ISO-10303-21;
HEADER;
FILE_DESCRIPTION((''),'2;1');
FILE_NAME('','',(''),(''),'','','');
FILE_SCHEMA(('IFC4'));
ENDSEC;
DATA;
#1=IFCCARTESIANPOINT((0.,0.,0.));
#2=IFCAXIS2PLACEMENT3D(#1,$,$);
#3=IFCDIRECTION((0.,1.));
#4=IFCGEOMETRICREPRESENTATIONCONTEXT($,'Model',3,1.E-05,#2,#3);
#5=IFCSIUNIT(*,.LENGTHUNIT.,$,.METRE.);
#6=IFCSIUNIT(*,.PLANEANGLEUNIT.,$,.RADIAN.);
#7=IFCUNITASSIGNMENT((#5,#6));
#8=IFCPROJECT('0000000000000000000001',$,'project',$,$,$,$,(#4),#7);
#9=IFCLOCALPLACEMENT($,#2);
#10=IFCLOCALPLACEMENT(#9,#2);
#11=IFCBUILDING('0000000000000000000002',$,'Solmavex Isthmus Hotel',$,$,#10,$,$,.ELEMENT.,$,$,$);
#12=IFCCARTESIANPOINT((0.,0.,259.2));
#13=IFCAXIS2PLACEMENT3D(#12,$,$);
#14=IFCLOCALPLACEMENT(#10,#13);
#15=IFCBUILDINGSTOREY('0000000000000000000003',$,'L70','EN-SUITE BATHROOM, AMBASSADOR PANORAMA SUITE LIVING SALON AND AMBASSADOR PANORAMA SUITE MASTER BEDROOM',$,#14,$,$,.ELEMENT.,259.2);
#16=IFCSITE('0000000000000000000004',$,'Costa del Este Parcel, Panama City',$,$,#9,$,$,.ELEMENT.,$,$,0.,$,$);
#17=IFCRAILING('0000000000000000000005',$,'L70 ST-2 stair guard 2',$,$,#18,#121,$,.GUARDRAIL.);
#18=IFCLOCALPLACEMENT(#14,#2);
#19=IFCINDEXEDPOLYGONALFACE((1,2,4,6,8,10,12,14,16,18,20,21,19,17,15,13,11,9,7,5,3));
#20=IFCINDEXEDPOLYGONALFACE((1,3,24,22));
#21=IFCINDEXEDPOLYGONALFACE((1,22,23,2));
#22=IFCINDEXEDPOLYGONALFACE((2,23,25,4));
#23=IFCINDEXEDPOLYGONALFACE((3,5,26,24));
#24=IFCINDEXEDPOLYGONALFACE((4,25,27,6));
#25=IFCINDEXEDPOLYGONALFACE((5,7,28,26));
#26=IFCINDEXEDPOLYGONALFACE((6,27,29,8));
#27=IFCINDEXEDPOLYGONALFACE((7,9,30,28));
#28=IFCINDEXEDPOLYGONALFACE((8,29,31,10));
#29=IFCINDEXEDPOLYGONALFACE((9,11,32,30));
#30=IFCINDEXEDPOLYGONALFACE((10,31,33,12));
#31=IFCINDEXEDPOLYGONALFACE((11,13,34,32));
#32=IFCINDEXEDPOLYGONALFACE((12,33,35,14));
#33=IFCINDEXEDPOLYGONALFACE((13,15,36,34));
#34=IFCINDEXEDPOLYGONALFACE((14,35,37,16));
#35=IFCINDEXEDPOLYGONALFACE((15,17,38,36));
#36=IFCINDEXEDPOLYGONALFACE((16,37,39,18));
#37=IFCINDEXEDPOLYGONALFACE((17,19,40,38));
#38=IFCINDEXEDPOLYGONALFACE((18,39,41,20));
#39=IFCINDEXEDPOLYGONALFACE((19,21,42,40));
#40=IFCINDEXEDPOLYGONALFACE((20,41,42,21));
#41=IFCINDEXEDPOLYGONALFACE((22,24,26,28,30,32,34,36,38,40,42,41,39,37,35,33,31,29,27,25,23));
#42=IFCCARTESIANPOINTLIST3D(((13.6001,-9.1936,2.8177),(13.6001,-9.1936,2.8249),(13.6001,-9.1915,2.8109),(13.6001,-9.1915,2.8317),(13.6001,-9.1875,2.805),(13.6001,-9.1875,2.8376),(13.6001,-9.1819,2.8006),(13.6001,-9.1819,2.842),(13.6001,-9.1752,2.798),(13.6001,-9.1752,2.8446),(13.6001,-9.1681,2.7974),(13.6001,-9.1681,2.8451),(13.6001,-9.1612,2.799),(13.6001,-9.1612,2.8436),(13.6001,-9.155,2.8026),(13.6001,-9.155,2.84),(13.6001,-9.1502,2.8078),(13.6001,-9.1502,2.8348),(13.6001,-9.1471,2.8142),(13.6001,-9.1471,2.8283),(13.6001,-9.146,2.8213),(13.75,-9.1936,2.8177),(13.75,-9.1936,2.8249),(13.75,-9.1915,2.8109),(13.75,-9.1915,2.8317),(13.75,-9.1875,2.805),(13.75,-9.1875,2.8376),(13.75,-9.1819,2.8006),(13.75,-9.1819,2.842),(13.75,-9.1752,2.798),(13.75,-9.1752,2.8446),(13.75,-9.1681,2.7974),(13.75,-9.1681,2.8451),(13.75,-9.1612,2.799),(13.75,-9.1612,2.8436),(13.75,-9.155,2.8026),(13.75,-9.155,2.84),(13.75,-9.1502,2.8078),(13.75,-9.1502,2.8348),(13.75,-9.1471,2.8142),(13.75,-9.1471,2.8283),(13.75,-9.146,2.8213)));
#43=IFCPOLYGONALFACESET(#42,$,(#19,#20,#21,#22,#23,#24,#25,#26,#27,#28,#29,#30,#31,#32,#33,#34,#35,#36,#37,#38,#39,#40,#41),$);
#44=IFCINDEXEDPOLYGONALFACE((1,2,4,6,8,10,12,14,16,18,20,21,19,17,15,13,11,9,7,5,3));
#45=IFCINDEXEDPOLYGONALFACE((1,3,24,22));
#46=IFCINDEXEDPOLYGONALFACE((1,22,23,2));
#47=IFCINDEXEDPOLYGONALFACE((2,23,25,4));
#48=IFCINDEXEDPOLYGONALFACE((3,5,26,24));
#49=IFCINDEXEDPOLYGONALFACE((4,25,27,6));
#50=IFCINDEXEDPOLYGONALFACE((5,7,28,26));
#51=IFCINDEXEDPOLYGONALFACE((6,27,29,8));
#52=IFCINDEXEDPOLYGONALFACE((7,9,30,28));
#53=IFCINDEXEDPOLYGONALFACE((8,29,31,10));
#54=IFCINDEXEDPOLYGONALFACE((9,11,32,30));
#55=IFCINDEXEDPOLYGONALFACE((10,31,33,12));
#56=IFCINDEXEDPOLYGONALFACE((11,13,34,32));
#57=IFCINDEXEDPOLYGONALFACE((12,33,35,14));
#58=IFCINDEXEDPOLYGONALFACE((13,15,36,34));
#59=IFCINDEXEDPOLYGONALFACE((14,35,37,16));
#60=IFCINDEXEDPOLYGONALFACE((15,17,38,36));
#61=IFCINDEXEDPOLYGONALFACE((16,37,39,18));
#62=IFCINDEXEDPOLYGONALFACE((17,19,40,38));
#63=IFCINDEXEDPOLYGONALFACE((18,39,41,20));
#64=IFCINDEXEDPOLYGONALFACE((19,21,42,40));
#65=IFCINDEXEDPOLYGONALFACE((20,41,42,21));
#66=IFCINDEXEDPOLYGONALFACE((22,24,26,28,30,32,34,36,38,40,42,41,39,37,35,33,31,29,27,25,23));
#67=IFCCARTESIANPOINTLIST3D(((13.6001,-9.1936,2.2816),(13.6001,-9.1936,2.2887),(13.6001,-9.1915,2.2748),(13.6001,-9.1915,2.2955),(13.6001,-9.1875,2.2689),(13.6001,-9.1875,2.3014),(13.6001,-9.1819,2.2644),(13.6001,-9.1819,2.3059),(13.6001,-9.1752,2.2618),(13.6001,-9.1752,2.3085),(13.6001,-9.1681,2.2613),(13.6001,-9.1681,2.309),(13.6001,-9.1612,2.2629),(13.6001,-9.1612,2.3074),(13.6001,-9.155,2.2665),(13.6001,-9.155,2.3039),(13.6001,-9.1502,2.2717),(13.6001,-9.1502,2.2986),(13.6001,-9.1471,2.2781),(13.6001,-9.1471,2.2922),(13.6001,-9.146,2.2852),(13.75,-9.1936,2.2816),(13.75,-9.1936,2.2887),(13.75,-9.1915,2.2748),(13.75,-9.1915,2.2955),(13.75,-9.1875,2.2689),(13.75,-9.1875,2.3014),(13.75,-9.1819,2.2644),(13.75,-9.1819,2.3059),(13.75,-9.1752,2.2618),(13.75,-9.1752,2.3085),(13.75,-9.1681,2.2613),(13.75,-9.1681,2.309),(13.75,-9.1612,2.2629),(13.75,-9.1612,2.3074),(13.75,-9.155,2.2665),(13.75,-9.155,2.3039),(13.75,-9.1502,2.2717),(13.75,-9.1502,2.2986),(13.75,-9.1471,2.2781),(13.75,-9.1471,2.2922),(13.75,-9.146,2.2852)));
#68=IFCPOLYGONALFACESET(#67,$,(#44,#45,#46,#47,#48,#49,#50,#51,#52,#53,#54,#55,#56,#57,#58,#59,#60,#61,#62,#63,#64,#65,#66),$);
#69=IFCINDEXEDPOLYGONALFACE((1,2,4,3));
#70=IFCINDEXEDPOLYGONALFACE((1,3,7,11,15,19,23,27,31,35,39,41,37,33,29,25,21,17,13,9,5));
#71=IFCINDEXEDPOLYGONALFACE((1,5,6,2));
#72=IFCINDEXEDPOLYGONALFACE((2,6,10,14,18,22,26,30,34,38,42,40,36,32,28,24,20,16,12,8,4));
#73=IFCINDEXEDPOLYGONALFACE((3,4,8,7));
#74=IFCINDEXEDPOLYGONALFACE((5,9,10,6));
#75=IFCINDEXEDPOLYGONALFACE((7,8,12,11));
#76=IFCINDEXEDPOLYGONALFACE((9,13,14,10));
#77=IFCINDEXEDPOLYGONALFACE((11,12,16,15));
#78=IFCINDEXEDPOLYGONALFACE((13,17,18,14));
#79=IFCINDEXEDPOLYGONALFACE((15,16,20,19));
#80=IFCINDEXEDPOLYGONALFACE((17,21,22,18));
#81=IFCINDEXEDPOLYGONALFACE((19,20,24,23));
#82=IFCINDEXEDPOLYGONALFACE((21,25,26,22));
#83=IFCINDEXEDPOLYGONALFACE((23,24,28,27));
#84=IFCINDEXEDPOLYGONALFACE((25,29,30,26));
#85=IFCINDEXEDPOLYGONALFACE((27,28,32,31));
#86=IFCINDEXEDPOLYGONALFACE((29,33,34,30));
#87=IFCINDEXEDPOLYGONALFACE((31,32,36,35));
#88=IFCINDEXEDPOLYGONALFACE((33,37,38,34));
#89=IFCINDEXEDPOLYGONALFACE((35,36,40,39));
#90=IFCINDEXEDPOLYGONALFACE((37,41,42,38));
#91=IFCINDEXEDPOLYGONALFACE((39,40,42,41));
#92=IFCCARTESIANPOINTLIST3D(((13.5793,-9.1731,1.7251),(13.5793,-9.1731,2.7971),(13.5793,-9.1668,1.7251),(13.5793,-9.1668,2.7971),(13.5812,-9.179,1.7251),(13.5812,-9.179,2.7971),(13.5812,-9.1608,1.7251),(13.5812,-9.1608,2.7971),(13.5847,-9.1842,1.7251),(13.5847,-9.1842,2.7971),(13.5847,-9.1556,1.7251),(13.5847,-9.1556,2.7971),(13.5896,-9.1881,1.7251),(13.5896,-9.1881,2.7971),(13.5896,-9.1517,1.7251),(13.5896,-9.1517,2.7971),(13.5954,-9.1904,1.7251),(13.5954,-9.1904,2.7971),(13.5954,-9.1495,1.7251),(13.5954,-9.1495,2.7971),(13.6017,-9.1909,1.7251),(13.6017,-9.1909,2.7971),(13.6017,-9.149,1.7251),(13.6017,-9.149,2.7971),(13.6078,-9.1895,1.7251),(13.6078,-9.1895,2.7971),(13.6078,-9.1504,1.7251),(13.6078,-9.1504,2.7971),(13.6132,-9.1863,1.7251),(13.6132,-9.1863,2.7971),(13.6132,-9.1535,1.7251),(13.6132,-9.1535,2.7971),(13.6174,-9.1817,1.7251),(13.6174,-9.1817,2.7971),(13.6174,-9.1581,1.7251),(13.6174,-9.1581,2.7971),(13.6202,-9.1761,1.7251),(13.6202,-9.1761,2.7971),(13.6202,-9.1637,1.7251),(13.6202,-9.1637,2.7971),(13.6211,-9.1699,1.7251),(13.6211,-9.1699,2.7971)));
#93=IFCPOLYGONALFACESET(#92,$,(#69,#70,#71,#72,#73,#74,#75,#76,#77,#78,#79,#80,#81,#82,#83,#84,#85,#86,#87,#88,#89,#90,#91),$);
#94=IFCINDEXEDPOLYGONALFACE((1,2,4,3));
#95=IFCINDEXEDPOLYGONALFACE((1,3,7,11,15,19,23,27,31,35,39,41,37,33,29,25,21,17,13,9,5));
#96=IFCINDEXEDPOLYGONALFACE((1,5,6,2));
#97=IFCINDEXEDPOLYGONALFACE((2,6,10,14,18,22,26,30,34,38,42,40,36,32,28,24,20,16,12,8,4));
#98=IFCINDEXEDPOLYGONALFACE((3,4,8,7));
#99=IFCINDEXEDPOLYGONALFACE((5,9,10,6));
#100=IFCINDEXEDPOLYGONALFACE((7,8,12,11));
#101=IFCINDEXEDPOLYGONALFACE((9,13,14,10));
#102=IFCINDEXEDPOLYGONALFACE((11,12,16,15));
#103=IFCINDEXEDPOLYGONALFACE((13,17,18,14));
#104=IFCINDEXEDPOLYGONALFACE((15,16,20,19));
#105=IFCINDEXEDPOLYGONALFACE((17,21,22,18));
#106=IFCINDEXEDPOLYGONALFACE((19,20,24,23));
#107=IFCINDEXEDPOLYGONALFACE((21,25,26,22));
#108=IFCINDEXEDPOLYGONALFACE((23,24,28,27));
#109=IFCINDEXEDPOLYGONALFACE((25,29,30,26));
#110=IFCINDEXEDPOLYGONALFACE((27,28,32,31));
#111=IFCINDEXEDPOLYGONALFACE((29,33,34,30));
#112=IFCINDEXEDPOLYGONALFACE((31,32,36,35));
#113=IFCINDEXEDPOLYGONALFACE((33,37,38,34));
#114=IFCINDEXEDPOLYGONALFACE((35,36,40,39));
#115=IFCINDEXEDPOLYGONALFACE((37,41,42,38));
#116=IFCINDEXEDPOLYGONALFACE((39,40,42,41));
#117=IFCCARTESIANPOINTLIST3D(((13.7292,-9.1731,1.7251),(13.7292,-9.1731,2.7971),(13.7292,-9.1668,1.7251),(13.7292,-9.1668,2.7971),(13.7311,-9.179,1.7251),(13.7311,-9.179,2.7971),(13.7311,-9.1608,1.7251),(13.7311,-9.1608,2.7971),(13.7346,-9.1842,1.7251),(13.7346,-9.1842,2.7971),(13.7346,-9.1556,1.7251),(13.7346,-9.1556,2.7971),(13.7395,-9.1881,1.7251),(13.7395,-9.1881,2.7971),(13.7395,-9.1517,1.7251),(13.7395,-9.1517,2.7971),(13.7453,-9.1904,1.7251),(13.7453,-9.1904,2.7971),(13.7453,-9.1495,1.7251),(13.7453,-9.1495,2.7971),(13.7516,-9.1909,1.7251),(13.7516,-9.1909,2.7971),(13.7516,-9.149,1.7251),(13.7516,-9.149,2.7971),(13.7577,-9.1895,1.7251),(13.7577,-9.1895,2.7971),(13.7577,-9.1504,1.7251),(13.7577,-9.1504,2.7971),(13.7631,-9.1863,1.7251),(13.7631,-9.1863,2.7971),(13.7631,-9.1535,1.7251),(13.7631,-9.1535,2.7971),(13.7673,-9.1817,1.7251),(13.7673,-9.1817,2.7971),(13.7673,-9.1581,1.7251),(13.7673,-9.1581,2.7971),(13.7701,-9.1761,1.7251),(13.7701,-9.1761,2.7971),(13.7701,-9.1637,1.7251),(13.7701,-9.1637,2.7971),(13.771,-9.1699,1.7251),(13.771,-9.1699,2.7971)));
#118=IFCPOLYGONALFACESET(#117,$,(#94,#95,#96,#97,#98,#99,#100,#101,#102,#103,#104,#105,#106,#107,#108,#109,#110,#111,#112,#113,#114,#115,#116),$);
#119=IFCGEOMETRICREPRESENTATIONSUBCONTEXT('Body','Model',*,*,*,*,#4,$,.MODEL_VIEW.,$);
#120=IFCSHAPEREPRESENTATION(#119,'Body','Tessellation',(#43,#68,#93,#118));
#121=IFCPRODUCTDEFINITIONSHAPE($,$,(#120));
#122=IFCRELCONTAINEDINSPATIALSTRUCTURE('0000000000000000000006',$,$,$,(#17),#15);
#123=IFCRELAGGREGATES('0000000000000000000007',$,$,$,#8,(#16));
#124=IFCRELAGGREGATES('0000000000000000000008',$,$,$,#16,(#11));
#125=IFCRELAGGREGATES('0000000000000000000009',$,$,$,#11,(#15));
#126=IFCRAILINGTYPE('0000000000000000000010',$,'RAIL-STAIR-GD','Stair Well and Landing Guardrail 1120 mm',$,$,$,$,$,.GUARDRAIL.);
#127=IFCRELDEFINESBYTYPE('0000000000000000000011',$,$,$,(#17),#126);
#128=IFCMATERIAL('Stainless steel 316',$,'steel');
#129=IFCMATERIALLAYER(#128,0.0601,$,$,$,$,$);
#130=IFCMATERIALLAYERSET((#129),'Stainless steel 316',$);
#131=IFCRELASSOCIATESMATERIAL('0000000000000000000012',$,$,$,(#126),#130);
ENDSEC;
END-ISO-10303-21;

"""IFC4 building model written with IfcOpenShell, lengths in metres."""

from ifc_helpers import new_model, si_unit, direction, frame, origin, origin_2d, place, context, subcontext, project, spatial, circle, extrude, material, layer, layer_set, type_object, element, save


model = new_model("IFC4")

# Units and contexts
model_context = context("Model", 3, precision=1e-05, world=origin(), true_north=direction((0.0, 1.0)))
body_context = subcontext(model_context, "Body", "Model", "MODEL_VIEW")
ifc_project = project(units=[si_unit("LENGTHUNIT", "METRE"), si_unit("PLANEANGLEUNIT", "RADIAN")], contexts=[model_context])

# Site, building, storey
site_placement = place(None, origin())
site = spatial("IfcSite", under=ifc_project, at=site_placement, Name="Costa del Este Parcel, Panama City", CompositionType="ELEMENT", RefElevation=0.0)
building_placement = place(site_placement, origin())
building = spatial("IfcBuilding", under=site, at=building_placement, Name="Solmavex Isthmus Hotel", CompositionType="ELEMENT")
storey_placement = place(building_placement, frame((0.0, 0.0, 259.2)))
storey = spatial("IfcBuildingStorey", under=building, at=storey_placement, Name="L70", Description="EN-SUITE BATHROOM, AMBASSADOR PANORAMA SUITE LIVING SALON AND AMBASSADOR PANORAMA SUITE MASTER BEDROOM", CompositionType="ELEMENT", Elevation=259.2)

# Railing
ifc_material_1 = material(Name="Stainless steel 316", Category="steel")
ifc_layer_1 = layer(ifc_material_1, 0.0601)
ifc_layer_set_1 = layer_set([ifc_layer_1], Name="Stainless steel 316")
railing_type_1 = type_object("IfcRailingType", Name="RAIL-STAIR-GD", Description="Stair Well and Landing Guardrail 1120 mm", PredefinedType="GUARDRAIL", material=ifc_layer_set_1)
railing_1_placement = place(storey_placement, frame((13.6001, -9.1699, 1.7251)))
element("IfcRailing", 1, at=railing_1_placement, inside=storey, type_object=railing_type_1, Name="L70 ST-2 stair guard 2", PredefinedType="GUARDRAIL", context=body_context, shape_type="SweptSolid", body=[
    extrude(circle(Radius=0.0239, at=origin_2d()), frame((0.0, 0.0, 1.0962), z_axis=(1.0, 0.0, 0.0), x_axis=(0.0, 1.0, 0.0)), (0.0, 0.0, 1.0), 0.1499),
    extrude(circle(Radius=0.0239, at=origin_2d()), frame((0.0, 0.0, 0.5601), z_axis=(1.0, 0.0, 0.0), x_axis=(0.0, 1.0, 0.0)), (0.0, 0.0, 1.0), 0.1499),
    extrude(circle(Radius=0.021, at=origin_2d()), origin(), (0.0, 0.0, 1.0), 1.072),
    extrude(circle(Radius=0.021, at=origin_2d()), frame((0.1499, 0.0, 0.0)), (0.0, 0.0, 1.0), 1.072),
])

save(model, "model.ifc")
